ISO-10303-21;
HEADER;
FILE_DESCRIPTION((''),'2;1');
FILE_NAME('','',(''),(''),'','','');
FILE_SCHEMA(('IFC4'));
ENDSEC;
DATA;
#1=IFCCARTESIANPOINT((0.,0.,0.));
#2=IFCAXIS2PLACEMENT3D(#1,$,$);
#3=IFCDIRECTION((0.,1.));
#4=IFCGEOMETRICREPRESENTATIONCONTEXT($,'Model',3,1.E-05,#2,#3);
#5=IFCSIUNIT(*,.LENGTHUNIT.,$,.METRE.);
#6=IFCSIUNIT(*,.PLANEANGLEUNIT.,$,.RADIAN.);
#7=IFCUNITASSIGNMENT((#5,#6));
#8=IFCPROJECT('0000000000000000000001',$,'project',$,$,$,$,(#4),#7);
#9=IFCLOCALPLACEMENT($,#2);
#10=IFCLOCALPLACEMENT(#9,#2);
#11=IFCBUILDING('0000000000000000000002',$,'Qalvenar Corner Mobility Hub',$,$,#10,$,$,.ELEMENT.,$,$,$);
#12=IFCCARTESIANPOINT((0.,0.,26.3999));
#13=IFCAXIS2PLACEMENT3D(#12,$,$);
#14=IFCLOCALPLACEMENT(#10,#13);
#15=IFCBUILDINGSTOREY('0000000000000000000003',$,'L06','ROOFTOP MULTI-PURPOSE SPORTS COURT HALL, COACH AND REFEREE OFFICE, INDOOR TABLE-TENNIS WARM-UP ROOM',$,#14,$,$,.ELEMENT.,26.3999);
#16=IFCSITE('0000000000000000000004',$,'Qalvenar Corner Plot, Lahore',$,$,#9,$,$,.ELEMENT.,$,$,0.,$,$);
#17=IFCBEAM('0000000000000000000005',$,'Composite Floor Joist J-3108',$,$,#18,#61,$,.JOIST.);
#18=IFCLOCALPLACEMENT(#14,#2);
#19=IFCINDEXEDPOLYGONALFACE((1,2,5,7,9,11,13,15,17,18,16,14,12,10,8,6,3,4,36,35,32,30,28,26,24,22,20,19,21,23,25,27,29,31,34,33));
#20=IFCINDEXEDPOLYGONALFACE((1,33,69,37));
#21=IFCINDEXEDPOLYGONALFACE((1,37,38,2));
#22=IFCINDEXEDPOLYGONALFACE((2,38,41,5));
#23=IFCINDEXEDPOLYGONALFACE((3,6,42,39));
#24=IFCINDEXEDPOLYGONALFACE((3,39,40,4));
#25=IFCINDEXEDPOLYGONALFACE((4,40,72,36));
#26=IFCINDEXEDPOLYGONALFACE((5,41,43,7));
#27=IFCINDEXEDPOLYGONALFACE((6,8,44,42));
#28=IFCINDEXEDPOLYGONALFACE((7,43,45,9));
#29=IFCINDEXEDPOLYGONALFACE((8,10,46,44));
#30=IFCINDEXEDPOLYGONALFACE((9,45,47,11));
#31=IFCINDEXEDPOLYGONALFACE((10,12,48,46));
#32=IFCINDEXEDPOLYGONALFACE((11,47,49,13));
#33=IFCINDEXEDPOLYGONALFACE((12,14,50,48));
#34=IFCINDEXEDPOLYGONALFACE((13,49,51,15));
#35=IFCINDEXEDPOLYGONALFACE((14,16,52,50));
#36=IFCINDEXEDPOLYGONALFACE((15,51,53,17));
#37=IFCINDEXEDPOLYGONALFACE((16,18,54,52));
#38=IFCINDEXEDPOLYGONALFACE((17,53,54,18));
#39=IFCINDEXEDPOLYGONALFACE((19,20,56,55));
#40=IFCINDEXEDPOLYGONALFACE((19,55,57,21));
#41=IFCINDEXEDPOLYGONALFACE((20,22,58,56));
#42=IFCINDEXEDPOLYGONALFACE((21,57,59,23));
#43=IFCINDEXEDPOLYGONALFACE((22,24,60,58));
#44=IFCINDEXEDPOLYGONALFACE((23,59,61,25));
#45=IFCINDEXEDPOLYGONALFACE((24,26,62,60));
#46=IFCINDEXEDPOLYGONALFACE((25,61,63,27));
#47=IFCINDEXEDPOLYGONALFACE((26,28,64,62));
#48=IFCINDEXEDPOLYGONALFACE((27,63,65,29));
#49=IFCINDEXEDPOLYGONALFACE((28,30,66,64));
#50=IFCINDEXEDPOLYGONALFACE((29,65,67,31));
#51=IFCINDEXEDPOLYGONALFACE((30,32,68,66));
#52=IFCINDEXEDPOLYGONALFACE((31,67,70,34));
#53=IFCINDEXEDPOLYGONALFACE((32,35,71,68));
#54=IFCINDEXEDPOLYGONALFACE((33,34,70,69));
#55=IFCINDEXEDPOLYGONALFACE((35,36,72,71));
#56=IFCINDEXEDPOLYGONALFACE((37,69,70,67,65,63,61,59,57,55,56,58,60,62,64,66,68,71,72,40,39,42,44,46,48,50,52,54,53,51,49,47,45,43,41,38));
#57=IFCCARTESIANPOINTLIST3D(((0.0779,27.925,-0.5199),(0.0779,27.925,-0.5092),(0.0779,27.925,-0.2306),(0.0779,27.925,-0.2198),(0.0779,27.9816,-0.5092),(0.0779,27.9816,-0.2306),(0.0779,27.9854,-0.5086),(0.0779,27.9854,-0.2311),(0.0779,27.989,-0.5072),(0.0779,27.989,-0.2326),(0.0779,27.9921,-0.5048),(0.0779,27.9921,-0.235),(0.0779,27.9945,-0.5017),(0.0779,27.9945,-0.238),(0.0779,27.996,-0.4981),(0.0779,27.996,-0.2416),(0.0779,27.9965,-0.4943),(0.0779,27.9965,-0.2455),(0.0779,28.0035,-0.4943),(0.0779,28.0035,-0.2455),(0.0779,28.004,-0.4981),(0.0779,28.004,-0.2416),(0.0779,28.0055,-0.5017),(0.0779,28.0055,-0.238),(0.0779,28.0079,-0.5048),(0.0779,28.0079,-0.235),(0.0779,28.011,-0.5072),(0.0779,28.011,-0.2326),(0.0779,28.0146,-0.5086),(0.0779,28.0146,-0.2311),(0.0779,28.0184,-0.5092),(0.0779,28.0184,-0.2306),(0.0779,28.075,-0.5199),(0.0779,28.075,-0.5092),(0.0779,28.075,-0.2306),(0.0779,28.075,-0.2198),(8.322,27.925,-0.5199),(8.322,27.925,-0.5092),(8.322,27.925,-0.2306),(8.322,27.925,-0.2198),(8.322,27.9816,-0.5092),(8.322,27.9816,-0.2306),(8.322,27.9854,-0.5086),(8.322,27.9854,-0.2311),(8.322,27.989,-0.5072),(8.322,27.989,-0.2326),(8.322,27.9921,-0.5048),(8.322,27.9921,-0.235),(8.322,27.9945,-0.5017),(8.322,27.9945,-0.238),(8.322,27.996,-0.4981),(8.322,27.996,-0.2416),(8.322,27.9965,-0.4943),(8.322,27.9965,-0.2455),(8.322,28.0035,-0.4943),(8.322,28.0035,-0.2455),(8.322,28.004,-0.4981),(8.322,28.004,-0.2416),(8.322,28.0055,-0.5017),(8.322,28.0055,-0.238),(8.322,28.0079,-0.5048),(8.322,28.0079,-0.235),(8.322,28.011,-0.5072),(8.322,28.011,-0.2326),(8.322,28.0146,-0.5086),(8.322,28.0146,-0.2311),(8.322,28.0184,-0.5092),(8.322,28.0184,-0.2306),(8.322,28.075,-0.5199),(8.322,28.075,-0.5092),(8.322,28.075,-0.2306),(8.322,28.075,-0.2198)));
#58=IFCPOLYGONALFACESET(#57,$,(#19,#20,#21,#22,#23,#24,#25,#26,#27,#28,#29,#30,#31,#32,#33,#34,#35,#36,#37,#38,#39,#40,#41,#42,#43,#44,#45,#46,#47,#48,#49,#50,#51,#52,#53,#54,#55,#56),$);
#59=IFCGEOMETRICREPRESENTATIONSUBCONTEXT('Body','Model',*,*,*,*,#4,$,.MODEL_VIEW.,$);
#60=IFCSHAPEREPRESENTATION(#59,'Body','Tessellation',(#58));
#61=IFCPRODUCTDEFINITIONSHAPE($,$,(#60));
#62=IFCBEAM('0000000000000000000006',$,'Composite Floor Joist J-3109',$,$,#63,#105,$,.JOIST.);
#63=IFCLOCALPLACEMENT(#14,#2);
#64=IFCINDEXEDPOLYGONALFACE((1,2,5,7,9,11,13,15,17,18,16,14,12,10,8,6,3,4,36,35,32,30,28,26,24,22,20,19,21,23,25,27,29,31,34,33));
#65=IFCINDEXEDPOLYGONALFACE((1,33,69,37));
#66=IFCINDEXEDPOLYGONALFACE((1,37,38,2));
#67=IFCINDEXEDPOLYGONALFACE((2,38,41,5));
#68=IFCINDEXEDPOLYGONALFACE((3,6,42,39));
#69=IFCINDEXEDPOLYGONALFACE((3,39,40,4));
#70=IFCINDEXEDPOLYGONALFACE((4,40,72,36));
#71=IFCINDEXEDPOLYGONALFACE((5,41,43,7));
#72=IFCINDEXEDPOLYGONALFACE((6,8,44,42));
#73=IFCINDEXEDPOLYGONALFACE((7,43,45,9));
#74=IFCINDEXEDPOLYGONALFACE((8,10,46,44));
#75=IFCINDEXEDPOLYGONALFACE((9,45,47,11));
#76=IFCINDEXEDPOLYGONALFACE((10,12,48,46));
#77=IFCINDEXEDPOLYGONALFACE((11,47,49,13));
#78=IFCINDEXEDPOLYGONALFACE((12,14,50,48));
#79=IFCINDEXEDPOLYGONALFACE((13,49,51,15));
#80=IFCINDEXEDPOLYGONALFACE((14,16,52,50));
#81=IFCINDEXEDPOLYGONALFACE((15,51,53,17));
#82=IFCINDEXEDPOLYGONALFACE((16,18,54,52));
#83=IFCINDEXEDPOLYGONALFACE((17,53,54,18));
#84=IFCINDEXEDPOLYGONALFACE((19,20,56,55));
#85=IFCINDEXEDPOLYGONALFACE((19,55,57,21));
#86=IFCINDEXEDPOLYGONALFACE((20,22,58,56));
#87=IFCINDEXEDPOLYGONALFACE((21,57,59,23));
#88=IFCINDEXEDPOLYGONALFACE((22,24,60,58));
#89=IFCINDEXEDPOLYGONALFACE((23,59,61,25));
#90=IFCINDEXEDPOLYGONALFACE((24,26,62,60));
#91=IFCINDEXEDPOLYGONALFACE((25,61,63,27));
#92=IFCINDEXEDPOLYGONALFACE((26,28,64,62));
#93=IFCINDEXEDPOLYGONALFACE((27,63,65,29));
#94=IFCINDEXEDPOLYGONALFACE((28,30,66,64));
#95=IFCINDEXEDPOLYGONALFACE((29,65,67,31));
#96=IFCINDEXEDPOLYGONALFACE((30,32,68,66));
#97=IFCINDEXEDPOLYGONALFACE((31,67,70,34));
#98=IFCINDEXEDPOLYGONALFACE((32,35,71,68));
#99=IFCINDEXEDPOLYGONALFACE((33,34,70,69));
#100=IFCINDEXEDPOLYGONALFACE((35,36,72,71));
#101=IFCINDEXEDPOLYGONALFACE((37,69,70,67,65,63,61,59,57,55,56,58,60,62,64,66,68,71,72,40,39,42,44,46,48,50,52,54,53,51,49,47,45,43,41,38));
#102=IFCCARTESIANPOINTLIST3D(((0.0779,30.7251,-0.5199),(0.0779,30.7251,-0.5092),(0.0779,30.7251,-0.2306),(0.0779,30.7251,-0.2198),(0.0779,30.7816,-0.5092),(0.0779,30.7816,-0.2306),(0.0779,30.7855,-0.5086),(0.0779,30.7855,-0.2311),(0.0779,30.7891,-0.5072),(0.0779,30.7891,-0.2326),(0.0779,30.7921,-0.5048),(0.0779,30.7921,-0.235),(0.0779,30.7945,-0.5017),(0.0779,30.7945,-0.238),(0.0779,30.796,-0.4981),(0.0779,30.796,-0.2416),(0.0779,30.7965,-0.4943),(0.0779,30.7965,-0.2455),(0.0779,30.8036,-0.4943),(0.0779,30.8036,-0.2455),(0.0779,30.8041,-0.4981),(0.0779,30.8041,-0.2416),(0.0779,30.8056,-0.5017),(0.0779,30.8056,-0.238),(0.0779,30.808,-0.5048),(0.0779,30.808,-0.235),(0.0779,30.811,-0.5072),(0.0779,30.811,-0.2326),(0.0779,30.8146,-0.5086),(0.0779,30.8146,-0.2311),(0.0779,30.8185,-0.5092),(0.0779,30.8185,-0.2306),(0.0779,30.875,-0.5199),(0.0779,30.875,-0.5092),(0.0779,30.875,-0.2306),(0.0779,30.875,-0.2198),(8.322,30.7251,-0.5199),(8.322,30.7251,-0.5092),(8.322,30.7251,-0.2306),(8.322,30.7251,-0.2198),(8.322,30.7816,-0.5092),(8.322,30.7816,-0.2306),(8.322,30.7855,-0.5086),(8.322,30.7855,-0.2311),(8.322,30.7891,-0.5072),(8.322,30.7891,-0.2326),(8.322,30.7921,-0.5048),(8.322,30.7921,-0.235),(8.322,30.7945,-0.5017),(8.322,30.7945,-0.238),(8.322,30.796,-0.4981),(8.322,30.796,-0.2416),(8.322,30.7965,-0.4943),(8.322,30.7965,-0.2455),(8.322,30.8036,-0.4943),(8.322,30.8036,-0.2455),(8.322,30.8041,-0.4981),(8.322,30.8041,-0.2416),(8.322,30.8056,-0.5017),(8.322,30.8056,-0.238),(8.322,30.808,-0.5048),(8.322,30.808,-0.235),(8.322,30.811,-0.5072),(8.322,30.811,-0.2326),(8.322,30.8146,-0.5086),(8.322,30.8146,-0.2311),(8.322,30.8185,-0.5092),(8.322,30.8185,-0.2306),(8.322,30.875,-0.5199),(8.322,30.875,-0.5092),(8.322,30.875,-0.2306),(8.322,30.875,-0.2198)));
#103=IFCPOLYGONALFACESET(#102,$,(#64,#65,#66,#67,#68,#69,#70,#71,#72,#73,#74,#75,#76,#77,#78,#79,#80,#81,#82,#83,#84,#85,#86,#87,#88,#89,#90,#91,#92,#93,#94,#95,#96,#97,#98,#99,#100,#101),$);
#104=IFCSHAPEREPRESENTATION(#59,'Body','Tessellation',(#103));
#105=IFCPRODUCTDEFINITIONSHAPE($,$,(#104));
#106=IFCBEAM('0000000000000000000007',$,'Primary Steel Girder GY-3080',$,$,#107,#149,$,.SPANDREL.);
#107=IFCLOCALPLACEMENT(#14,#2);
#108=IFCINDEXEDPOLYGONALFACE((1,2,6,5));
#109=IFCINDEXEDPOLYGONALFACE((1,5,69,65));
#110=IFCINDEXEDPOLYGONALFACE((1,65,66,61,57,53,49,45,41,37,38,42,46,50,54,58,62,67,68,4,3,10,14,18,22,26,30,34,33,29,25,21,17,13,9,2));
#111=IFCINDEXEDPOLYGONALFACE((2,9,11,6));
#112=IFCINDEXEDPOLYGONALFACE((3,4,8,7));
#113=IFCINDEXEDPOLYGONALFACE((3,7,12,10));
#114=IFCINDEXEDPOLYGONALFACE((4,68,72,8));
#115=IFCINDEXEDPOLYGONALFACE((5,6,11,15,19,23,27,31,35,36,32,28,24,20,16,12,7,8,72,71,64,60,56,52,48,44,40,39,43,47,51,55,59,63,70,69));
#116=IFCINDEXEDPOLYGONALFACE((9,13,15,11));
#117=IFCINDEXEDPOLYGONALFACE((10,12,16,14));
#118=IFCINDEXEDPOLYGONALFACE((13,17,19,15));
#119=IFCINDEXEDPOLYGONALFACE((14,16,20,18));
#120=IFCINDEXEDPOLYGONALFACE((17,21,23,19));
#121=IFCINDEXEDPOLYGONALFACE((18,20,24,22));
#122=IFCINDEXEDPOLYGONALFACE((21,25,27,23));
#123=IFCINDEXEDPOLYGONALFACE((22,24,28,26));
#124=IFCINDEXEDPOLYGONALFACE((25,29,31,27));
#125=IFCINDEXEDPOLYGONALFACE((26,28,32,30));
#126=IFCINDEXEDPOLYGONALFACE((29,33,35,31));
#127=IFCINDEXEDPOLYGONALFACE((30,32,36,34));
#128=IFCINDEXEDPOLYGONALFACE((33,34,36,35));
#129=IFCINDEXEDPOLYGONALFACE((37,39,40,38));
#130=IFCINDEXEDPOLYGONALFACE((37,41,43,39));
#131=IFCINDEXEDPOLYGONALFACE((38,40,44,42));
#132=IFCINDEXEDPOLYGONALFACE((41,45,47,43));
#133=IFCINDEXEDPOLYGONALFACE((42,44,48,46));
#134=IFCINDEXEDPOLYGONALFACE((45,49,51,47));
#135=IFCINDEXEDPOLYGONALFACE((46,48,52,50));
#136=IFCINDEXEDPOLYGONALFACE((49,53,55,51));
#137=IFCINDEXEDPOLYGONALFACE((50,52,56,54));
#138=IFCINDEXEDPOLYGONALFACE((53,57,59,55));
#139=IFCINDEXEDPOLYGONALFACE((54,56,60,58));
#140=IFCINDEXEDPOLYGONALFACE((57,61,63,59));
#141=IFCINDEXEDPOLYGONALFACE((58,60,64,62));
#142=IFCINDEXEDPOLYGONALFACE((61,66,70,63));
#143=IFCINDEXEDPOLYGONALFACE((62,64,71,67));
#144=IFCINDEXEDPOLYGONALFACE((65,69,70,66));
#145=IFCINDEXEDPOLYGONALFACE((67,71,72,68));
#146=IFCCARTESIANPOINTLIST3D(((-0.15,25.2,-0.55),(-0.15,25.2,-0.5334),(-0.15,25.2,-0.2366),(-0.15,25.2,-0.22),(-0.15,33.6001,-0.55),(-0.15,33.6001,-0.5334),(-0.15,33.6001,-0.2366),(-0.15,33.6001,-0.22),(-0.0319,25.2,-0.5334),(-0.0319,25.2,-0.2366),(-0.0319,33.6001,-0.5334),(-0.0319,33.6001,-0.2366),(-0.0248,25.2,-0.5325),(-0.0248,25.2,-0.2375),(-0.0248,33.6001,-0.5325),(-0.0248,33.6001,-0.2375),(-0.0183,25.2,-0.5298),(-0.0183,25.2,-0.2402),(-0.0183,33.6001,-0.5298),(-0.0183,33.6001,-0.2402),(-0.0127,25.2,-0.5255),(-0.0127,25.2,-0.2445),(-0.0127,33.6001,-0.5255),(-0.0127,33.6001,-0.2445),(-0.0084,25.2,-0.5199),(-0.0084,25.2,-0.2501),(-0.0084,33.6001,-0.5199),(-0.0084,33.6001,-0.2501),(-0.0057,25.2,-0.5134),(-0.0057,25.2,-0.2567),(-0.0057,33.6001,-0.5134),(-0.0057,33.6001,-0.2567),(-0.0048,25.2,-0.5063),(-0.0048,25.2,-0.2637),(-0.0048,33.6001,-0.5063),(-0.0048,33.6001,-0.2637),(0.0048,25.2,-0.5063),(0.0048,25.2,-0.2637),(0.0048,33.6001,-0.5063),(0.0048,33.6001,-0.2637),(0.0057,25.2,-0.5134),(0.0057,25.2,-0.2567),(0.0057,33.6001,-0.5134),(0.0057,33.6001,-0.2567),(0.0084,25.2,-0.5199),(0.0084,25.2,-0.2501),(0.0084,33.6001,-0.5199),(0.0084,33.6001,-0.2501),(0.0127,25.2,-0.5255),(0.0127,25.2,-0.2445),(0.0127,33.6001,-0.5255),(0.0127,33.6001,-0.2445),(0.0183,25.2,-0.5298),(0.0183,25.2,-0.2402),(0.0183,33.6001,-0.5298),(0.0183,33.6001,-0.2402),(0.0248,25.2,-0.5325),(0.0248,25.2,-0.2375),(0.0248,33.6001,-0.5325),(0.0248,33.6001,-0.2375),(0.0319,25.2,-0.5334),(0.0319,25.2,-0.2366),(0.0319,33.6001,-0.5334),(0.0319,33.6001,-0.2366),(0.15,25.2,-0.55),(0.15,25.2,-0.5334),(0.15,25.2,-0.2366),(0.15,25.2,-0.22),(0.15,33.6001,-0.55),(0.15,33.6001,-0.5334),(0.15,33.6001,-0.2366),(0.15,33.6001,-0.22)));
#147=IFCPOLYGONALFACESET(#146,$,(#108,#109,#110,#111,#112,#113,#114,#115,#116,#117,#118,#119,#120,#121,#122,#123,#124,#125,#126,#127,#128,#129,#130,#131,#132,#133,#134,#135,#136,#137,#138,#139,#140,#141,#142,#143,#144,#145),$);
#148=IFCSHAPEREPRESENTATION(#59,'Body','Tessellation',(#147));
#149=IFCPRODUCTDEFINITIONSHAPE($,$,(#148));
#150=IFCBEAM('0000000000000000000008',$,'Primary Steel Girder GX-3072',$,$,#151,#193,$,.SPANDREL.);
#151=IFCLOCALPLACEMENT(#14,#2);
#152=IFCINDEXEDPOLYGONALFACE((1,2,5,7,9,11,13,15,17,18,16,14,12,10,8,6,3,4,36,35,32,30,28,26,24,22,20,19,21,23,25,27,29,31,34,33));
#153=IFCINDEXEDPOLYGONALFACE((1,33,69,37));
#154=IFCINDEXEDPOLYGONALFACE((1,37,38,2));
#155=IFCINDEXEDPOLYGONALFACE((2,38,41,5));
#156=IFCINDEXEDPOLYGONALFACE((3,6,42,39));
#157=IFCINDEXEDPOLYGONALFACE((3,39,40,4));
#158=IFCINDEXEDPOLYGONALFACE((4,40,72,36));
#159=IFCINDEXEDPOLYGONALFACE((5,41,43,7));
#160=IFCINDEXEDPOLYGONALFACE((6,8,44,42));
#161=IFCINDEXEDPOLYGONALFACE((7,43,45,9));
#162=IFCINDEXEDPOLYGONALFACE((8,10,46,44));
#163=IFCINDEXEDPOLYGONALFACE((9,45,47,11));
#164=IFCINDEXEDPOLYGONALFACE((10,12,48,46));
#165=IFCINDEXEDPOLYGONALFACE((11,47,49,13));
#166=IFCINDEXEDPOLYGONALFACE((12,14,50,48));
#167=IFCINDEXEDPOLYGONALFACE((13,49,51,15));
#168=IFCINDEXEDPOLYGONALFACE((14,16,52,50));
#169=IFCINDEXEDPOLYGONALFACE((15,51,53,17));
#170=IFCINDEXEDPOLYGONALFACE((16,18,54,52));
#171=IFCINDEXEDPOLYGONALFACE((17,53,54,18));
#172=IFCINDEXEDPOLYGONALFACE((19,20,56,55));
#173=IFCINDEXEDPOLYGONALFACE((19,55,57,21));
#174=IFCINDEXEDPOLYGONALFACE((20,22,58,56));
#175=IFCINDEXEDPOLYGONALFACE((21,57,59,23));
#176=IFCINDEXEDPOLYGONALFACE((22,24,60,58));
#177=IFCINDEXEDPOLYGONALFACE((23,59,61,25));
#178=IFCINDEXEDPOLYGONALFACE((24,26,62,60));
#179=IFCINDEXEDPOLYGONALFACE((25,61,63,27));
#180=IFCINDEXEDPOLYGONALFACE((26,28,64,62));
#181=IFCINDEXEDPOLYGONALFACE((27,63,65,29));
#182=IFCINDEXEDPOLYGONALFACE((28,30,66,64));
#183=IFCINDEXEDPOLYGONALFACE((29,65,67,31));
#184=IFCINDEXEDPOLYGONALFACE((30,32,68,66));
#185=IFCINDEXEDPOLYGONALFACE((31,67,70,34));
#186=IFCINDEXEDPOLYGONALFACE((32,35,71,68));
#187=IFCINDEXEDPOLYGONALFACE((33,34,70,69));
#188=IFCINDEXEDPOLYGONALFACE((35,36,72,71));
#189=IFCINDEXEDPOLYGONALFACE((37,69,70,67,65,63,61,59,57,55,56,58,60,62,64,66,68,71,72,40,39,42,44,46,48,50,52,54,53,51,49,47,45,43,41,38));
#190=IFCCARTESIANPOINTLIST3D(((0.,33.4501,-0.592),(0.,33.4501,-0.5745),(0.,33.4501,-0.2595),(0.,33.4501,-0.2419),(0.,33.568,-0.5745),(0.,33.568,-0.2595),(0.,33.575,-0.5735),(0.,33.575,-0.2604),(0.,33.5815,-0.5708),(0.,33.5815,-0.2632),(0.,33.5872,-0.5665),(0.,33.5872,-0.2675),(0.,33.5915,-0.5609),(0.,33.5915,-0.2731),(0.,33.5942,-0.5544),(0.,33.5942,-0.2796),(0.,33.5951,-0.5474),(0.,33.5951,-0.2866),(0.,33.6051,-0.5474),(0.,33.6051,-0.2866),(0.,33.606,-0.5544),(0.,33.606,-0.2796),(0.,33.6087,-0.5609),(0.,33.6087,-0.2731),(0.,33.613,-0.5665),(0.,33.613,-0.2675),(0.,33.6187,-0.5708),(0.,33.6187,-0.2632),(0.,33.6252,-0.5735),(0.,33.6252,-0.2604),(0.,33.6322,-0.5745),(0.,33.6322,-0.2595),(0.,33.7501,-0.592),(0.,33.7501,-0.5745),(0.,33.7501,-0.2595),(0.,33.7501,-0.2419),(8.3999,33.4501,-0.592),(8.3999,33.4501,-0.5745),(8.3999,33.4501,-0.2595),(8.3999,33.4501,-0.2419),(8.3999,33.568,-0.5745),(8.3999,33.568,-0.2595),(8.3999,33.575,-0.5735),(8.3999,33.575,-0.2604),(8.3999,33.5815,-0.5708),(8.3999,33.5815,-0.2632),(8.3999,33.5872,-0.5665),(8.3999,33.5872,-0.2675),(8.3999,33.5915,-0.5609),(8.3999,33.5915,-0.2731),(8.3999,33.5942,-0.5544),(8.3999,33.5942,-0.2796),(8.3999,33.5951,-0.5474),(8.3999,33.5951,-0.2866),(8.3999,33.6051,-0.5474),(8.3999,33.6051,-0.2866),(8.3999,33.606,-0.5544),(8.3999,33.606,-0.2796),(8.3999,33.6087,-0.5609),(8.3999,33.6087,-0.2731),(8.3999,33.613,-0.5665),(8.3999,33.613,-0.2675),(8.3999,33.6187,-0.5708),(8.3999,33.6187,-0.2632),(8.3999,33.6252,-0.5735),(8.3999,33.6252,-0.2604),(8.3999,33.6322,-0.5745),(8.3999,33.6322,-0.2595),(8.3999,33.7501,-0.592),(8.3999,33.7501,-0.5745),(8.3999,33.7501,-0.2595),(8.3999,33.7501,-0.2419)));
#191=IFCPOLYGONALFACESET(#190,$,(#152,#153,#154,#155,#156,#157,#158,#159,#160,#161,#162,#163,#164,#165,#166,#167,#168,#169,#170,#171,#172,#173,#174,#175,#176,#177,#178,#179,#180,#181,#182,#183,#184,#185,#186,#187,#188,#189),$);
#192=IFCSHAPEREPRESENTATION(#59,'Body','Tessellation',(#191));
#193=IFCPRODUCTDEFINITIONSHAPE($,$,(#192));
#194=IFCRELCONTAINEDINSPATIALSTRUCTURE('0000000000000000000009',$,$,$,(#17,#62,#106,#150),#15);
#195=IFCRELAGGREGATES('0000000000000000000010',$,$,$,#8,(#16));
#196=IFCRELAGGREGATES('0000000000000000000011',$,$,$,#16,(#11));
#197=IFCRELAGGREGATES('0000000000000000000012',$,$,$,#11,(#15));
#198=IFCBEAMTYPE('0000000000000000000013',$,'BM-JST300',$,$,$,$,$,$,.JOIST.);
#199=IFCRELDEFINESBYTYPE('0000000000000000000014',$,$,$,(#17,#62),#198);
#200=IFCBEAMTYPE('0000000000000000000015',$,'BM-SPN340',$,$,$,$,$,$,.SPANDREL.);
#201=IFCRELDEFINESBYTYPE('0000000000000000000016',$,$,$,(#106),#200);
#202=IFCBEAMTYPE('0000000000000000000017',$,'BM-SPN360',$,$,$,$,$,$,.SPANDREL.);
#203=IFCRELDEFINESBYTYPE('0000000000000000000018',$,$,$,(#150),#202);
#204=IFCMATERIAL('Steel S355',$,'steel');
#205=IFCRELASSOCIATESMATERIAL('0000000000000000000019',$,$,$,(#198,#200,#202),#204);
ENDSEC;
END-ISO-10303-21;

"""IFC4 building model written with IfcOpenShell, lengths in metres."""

from ifc_helpers import new_model, si_unit, direction, frame, origin, origin_2d, place, context, subcontext, project, spatial, i_section, extrude, material, material_profile, profile_set, type_object, element, save


model = new_model("IFC4")

# Units and contexts
model_context = context("Model", 3, precision=1e-05, world=origin(), true_north=direction((0.0, 1.0)))
body_context = subcontext(model_context, "Body", "Model", "MODEL_VIEW")
ifc_project = project(units=[si_unit("LENGTHUNIT", "METRE"), si_unit("PLANEANGLEUNIT", "RADIAN")], contexts=[model_context])

# Site, building, storey
site_placement = place(None, origin())
site = spatial("IfcSite", under=ifc_project, at=site_placement, Name="Qalvenar Corner Plot, Lahore", CompositionType="ELEMENT", RefElevation=0.0)
building_placement = place(site_placement, origin())
building = spatial("IfcBuilding", under=site, at=building_placement, Name="Qalvenar Corner Mobility Hub", CompositionType="ELEMENT")
storey_placement = place(building_placement, frame((0.0, 0.0, 26.3999)))
storey = spatial("IfcBuildingStorey", under=building, at=storey_placement, Name="L06", Description="ROOFTOP MULTI-PURPOSE SPORTS COURT HALL, COACH AND REFEREE OFFICE, INDOOR TABLE-TENNIS WARM-UP ROOM", CompositionType="ELEMENT", Elevation=26.3999)

# Shared definitions
ifc_material_1 = material(Name="Steel S355", Category="steel")

# Beams
ifc_material_profile_1 = material_profile(ifc_material_1, i_section(OverallWidth=0.1499, OverallDepth=0.3, WebThickness=0.0071, FlangeThickness=0.0107, FilletRadius=0.0149, at=origin_2d()), Name="IPE300")
ifc_profile_set_1 = profile_set([ifc_material_profile_1], Name="Steel S355")
beam_type_1 = type_object("IfcBeamType", Name="BM-JST300", PredefinedType="JOIST", material=ifc_profile_set_1)
for number, where, z_axis, x_axis, name in (
    (1, (0.0779, 28.0, -0.3699), (1.0, 0.0, 0.0), (0.0, 1.0, 0.0), "Composite Floor Joist J-3108"),
    (2, (0.0779, 30.8, -0.3699), (1.0, 0.0, 0.0), (0.0, 1.0, 0.0), "Composite Floor Joist J-3109"),
):
    element("IfcBeam", number, at=place(storey_placement, frame(where, z_axis=z_axis, x_axis=x_axis)), inside=storey, type_object=beam_type_1, Name=name, PredefinedType="JOIST", context=body_context, shape_type="SweptSolid", body=[
        extrude(i_section(OverallWidth=0.1499, OverallDepth=0.3, WebThickness=0.0071, FlangeThickness=0.0107, FilletRadius=0.0149, at=origin_2d()), origin(), (0.0, 0.0, 1.0), 8.2441),
    ])
ifc_material_profile_2 = material_profile(ifc_material_1, i_section(OverallWidth=0.3, OverallDepth=0.3301, WebThickness=0.0095, FlangeThickness=0.0166, FilletRadius=0.0271, at=origin_2d()), Name="HEA340")
ifc_profile_set_2 = profile_set([ifc_material_profile_2], Name="Steel S355")
beam_type_2 = type_object("IfcBeamType", Name="BM-SPN340", PredefinedType="SPANDREL", material=ifc_profile_set_2)
beam_1_placement = place(storey_placement, frame((0.0, 25.2, -0.385), z_axis=(0.0, 1.0, 0.0), x_axis=(-1.0, 0.0, 0.0)))
element("IfcBeam", 3, at=beam_1_placement, inside=storey, type_object=beam_type_2, Name="Primary Steel Girder GY-3080", PredefinedType="SPANDREL", context=body_context, shape_type="SweptSolid", body=[
    extrude(i_section(OverallWidth=0.3, OverallDepth=0.3301, WebThickness=0.0095, FlangeThickness=0.0166, FilletRadius=0.0271, at=origin_2d()), origin(), (0.0, 0.0, 1.0), 8.4001),
])
ifc_material_profile_3 = material_profile(ifc_material_1, i_section(OverallWidth=0.3, OverallDepth=0.3501, WebThickness=0.01, FlangeThickness=0.0176, FilletRadius=0.0271, at=origin_2d()), Name="HEA360")
ifc_profile_set_3 = profile_set([ifc_material_profile_3], Name="Steel S355")
beam_type_3 = type_object("IfcBeamType", Name="BM-SPN360", PredefinedType="SPANDREL", material=ifc_profile_set_3)
beam_2_placement = place(storey_placement, frame((0.0, 33.6001, -0.417), z_axis=(1.0, 0.0, 0.0), x_axis=(0.0, 1.0, 0.0)))
element("IfcBeam", 4, at=beam_2_placement, inside=storey, type_object=beam_type_3, Name="Primary Steel Girder GX-3072", PredefinedType="SPANDREL", context=body_context, shape_type="SweptSolid", body=[
    extrude(i_section(OverallWidth=0.3, OverallDepth=0.3501, WebThickness=0.01, FlangeThickness=0.0176, FilletRadius=0.0271, at=origin_2d()), origin(), (0.0, 0.0, 1.0), 8.3999),
])

save(model, "model.ifc")
